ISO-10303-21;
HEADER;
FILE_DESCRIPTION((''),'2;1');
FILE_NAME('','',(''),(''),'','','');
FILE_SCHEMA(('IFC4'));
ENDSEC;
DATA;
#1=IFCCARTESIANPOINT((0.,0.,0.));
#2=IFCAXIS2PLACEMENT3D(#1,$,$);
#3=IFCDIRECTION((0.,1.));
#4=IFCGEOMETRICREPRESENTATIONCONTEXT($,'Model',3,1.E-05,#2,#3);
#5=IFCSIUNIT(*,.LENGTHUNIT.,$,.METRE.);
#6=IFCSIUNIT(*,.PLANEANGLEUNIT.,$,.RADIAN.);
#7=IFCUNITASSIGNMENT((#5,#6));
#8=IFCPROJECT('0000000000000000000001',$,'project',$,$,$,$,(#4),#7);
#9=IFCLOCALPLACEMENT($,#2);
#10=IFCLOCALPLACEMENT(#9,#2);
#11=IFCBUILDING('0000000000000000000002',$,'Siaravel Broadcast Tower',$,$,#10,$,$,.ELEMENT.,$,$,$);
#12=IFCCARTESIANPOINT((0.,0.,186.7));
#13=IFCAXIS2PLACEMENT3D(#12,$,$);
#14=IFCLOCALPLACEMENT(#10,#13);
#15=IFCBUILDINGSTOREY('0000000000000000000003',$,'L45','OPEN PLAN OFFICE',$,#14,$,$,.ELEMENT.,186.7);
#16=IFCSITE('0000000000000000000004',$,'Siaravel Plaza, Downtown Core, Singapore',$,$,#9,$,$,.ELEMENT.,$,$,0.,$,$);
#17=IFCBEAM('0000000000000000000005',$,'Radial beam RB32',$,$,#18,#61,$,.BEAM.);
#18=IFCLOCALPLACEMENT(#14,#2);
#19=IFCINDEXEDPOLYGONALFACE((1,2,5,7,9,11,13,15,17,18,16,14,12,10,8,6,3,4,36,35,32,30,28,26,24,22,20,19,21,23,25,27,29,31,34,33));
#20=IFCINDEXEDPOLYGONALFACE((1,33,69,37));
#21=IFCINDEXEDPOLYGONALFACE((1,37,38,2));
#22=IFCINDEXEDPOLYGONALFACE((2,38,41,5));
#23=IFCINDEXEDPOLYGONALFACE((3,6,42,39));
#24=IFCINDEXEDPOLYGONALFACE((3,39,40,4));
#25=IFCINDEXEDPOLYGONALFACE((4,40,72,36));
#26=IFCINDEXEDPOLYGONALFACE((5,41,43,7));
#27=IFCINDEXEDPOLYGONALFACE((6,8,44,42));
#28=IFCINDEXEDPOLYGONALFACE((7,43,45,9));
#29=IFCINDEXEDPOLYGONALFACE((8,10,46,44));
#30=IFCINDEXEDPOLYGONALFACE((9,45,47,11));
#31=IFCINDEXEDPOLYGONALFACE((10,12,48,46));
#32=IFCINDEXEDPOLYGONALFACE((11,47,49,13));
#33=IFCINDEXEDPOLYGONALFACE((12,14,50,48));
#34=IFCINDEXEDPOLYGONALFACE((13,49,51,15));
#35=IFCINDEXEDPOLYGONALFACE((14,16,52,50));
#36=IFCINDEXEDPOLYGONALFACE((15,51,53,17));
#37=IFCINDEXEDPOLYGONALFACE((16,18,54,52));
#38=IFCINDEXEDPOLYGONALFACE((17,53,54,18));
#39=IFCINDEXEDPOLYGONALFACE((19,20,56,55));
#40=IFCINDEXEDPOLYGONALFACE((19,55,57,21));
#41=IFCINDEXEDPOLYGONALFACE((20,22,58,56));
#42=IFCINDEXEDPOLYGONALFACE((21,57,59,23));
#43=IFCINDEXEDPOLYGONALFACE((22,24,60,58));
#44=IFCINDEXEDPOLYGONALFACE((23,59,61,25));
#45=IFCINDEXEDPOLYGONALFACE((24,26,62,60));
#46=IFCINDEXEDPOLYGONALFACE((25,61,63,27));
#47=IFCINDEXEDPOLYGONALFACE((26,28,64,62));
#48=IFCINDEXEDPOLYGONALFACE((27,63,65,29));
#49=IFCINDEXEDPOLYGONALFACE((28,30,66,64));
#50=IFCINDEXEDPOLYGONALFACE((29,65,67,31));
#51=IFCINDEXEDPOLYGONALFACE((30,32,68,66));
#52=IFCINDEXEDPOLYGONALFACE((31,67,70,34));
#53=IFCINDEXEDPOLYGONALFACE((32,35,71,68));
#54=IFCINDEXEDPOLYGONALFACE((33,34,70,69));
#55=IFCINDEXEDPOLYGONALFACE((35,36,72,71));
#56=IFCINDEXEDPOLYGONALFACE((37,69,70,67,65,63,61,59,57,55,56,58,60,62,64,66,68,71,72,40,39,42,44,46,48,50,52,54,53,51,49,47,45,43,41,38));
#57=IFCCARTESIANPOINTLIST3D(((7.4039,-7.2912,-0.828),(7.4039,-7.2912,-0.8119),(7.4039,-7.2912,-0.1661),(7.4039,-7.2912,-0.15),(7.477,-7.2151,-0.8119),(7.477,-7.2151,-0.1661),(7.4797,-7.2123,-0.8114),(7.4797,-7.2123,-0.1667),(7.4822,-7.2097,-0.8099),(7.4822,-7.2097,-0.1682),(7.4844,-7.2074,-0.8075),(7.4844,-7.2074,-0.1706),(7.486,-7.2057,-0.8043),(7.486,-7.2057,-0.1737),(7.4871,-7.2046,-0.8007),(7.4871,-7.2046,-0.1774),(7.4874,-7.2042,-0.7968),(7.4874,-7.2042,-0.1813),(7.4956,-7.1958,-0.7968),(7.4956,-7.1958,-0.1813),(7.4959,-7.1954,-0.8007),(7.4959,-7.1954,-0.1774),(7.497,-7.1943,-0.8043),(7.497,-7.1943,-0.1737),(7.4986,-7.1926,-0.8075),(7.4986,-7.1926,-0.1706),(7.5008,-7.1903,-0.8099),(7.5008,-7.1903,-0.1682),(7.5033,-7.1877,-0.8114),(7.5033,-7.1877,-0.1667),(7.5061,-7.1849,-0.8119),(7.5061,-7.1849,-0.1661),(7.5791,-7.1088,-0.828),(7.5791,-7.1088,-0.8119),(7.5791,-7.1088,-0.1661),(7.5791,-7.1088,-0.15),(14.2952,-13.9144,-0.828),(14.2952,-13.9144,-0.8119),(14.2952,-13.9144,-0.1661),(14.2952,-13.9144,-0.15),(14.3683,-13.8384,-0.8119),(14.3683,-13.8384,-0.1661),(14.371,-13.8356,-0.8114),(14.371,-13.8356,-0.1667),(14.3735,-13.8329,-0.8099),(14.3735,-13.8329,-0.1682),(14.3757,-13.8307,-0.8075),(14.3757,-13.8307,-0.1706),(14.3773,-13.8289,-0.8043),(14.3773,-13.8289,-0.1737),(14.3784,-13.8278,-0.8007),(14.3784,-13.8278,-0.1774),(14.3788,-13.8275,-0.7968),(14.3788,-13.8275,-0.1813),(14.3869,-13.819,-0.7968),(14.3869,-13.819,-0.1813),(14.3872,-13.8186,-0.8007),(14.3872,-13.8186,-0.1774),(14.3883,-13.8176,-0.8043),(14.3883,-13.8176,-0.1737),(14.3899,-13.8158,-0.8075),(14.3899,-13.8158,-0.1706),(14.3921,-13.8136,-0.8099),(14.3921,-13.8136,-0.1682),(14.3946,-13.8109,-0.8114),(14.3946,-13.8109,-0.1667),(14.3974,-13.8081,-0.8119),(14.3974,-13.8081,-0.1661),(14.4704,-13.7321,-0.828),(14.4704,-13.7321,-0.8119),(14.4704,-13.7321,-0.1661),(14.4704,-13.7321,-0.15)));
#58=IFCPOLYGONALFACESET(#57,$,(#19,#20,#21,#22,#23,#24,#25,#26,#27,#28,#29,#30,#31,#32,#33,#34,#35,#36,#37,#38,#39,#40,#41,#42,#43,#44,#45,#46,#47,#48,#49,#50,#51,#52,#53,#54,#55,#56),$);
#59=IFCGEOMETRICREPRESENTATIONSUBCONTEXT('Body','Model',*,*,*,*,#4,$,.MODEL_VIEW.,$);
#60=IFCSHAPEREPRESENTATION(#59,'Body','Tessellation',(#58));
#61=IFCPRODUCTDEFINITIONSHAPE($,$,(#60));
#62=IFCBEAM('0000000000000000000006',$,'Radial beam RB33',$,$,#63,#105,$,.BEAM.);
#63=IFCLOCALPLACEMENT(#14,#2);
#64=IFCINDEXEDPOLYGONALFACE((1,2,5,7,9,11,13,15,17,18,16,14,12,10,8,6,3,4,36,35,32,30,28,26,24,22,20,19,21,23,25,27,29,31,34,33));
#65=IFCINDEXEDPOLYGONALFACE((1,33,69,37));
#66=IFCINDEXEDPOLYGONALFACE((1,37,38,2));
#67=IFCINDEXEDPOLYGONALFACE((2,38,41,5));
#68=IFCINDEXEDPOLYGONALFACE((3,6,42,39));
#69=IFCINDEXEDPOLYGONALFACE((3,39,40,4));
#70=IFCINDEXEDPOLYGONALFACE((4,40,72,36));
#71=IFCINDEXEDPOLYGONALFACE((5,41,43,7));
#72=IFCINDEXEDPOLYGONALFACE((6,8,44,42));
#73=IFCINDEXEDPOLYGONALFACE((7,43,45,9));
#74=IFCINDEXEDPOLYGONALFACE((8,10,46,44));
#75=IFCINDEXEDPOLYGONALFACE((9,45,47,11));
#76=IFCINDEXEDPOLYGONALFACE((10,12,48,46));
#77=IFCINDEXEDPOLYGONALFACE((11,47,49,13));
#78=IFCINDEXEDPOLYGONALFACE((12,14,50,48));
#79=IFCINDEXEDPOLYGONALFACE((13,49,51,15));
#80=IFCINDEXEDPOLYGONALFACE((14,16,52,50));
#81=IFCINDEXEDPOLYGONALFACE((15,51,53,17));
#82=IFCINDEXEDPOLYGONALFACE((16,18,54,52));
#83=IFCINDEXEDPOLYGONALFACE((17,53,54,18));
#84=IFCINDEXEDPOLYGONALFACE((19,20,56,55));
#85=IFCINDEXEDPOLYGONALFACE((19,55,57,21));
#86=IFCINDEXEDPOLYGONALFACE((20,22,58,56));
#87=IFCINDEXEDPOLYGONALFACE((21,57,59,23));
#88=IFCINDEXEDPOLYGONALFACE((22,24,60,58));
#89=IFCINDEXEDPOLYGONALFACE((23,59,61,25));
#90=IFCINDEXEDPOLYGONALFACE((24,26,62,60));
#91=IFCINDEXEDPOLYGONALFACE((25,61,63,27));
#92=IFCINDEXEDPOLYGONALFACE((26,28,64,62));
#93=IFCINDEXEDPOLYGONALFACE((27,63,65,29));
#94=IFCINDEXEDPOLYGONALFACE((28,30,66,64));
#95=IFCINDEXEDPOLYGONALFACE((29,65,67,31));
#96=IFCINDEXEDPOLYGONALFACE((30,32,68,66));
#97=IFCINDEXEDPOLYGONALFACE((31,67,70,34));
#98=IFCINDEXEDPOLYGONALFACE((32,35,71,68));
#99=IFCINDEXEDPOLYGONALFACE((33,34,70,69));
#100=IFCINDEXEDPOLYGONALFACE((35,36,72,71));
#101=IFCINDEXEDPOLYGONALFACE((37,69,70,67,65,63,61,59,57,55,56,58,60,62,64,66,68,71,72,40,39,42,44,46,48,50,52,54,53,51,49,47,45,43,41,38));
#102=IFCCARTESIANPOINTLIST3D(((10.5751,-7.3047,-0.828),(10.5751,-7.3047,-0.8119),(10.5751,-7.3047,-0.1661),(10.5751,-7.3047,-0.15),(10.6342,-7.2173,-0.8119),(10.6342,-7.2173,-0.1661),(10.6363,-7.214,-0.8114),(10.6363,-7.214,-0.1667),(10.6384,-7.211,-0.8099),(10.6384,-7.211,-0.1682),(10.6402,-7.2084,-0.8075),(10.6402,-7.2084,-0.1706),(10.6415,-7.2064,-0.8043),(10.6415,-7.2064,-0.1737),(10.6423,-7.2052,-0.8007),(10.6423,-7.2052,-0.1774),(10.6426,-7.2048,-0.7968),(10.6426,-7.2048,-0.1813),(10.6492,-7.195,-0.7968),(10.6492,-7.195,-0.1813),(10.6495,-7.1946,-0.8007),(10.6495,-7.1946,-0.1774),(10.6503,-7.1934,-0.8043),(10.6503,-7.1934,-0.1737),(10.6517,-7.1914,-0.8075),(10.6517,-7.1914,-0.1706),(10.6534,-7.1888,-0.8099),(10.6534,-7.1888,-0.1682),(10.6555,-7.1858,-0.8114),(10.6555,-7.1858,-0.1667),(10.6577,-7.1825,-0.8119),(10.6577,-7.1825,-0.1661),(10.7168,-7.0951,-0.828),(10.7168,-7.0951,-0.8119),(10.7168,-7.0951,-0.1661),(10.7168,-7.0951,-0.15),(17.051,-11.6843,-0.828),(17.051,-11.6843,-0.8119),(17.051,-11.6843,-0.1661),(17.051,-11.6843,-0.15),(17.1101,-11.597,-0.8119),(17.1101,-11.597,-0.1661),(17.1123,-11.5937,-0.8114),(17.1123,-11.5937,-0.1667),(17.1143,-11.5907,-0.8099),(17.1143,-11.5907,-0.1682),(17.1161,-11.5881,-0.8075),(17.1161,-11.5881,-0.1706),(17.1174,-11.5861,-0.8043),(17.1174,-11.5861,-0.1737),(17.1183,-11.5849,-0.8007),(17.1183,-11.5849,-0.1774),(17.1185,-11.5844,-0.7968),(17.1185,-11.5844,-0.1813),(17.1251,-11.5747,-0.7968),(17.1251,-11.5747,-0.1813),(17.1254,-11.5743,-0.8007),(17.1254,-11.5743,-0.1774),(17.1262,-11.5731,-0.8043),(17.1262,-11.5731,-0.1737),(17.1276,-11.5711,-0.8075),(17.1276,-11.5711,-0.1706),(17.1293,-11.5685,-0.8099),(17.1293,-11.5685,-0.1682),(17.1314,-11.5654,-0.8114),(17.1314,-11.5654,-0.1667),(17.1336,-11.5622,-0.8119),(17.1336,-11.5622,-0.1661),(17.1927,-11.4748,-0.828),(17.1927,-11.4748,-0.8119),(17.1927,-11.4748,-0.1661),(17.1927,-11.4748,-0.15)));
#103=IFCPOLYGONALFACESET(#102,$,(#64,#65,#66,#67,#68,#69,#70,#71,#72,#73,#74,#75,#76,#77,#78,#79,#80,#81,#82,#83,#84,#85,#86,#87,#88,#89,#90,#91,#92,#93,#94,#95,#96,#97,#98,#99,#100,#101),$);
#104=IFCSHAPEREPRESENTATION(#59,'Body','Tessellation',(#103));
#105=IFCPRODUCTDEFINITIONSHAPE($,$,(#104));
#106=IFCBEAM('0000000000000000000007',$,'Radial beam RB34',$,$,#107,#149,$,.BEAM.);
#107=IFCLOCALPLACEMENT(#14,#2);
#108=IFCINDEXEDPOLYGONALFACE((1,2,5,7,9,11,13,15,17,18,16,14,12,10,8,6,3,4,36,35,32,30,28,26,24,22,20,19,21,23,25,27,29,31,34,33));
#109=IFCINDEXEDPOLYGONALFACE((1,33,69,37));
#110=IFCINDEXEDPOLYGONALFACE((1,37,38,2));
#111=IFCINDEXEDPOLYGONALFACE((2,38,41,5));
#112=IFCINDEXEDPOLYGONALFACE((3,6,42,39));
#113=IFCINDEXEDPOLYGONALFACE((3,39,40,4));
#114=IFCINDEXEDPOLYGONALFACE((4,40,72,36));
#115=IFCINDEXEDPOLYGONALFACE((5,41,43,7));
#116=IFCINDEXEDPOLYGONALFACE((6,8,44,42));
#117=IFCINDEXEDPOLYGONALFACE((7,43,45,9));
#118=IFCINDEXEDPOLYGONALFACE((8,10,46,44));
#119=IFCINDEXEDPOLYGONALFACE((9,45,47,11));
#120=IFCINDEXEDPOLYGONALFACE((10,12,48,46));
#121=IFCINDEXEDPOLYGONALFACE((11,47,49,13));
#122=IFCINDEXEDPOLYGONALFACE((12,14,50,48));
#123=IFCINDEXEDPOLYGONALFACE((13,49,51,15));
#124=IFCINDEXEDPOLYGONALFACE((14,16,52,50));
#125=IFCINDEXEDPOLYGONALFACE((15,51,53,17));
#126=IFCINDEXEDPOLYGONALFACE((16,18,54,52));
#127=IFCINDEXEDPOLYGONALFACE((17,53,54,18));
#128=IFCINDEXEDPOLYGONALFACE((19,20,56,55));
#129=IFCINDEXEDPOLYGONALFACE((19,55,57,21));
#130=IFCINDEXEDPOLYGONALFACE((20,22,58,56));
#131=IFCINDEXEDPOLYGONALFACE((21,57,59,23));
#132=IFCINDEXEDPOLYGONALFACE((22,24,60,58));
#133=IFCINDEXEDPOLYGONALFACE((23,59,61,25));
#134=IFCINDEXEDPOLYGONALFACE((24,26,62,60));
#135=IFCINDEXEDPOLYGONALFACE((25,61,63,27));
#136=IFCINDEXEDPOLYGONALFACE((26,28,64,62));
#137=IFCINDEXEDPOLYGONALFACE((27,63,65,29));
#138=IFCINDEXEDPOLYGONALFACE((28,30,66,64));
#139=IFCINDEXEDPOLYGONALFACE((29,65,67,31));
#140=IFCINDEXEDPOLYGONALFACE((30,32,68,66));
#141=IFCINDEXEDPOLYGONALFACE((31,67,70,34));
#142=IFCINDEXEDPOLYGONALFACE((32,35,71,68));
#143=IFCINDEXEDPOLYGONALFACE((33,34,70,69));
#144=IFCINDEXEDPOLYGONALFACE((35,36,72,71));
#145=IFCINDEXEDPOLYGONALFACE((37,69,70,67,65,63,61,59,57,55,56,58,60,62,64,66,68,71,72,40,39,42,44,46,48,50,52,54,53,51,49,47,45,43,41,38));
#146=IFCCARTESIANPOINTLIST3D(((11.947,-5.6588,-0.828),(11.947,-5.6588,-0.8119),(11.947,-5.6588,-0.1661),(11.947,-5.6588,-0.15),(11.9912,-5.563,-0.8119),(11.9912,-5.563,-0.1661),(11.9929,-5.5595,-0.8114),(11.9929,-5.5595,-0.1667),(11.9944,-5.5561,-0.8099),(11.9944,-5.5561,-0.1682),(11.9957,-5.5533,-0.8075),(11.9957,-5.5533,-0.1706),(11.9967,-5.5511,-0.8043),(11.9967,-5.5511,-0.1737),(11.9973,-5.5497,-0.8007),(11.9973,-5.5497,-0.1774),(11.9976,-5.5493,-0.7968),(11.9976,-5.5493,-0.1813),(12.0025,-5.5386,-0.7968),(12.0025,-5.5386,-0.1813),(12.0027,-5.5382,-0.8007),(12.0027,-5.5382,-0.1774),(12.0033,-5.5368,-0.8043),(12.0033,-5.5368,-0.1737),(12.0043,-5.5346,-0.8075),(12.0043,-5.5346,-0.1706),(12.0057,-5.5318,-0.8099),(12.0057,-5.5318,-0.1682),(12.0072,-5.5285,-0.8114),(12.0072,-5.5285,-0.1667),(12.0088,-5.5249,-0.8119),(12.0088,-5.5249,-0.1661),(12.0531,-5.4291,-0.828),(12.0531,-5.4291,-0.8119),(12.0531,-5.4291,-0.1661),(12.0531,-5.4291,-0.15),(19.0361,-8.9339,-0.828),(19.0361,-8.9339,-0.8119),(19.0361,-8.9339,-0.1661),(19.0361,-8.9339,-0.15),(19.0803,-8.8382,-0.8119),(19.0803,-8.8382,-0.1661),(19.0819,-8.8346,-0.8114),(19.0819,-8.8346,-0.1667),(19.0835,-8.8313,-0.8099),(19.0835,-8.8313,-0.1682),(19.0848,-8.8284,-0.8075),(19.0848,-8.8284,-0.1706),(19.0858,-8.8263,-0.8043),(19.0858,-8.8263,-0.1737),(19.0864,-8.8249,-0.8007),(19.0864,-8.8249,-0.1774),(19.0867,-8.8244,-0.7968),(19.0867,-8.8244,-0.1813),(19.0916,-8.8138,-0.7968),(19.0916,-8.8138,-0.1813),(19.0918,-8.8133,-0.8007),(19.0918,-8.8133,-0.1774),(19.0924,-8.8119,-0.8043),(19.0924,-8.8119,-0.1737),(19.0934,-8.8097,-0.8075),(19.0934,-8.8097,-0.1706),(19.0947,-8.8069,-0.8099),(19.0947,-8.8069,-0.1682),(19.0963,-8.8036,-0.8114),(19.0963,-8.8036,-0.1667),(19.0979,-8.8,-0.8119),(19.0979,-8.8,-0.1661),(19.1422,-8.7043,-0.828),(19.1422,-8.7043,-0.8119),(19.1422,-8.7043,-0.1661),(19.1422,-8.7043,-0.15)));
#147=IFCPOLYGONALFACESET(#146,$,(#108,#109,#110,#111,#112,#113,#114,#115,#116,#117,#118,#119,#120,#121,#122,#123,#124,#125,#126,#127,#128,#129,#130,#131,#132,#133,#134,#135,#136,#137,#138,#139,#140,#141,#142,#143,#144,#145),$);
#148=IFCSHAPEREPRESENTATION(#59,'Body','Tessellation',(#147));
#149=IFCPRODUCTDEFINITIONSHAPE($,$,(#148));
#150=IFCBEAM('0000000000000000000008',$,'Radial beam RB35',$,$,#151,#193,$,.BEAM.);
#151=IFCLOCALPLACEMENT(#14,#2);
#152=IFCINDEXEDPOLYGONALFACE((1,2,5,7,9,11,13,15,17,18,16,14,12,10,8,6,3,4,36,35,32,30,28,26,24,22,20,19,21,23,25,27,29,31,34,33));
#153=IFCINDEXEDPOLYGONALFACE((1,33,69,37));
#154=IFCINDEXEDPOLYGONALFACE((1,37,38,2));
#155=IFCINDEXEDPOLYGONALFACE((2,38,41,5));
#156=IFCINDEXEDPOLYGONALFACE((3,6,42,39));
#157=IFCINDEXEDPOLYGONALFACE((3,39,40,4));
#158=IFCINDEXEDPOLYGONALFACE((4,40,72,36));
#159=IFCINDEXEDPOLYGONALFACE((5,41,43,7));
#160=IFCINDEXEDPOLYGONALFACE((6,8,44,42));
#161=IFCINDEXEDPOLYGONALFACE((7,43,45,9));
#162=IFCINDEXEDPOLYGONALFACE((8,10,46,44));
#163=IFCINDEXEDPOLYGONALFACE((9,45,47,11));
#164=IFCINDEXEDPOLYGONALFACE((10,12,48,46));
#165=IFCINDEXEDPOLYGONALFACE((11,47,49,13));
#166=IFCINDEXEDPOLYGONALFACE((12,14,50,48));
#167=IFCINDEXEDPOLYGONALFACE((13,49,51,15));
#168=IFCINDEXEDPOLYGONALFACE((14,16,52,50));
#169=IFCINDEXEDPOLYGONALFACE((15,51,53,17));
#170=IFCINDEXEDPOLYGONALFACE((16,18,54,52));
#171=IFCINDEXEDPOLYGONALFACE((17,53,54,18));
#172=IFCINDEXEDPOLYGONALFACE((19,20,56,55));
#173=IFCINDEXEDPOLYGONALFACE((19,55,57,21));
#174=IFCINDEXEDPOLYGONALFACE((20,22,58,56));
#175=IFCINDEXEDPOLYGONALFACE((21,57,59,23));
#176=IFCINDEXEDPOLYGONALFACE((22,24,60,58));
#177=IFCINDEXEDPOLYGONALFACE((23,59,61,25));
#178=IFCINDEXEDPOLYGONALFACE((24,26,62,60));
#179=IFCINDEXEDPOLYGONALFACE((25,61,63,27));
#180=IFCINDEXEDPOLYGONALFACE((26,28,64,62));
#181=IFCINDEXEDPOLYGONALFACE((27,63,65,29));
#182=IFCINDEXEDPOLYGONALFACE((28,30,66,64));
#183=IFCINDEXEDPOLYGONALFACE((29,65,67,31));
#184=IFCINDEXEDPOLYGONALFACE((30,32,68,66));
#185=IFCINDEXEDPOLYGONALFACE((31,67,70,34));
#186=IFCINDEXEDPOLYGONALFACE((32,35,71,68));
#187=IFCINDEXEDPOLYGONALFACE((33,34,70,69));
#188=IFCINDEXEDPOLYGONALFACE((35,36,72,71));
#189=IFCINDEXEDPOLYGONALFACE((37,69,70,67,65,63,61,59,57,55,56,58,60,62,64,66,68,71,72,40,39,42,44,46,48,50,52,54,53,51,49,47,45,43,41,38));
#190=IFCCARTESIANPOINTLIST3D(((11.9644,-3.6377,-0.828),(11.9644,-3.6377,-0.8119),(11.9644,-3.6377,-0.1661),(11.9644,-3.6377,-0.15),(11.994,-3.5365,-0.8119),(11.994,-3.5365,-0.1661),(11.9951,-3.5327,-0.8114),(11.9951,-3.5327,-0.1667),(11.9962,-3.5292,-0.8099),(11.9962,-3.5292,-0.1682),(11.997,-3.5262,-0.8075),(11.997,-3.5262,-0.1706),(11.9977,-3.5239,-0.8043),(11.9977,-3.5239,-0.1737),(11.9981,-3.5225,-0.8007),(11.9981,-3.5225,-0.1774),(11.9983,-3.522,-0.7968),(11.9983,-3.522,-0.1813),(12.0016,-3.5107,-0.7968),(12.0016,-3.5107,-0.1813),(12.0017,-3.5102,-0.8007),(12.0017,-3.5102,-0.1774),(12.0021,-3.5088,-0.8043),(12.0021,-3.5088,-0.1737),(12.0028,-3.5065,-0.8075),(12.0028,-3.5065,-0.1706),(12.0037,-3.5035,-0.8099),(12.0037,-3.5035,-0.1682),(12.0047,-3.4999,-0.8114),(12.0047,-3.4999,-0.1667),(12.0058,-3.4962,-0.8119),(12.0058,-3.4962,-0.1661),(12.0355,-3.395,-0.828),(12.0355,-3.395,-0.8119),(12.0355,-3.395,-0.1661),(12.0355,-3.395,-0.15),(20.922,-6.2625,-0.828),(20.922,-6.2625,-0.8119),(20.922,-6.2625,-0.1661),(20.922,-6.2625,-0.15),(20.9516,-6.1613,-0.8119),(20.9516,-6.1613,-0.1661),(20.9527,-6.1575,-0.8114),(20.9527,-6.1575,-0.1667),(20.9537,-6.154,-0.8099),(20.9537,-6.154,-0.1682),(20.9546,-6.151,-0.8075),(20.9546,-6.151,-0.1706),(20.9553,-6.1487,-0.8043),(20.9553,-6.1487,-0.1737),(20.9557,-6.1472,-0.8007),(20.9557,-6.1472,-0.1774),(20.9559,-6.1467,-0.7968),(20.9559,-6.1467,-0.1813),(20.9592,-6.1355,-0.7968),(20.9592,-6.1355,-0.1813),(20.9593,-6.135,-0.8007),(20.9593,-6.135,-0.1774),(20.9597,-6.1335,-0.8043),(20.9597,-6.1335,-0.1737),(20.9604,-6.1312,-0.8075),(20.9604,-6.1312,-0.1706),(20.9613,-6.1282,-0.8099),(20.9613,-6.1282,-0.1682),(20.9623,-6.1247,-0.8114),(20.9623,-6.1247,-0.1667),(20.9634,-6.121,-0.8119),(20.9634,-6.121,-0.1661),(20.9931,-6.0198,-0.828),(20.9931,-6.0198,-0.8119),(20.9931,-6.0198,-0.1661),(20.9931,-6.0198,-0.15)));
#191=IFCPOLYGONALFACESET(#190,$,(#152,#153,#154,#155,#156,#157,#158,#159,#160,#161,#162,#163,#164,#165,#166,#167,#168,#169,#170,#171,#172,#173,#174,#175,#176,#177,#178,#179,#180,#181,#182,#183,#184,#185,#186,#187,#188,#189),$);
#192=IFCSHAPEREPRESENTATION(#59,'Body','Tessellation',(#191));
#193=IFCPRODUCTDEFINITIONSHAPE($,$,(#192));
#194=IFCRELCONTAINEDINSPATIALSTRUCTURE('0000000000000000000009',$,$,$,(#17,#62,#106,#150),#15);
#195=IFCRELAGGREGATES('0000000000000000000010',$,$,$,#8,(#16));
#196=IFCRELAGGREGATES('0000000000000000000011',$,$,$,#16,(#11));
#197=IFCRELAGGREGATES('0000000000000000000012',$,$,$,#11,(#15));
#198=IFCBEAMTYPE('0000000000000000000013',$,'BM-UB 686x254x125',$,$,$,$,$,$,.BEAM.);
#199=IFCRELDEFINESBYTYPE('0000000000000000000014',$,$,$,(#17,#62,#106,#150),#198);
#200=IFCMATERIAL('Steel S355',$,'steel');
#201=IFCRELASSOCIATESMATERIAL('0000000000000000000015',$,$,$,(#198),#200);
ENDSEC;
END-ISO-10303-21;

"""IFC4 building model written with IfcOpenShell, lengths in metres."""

from ifc_helpers import new_model, si_unit, direction, frame, origin, origin_2d, place, context, subcontext, project, spatial, i_section, extrude, material, material_profile, profile_set, type_object, element, save


model = new_model("IFC4")

# Units and contexts
model_context = context("Model", 3, precision=1e-05, world=origin(), true_north=direction((0.0, 1.0)))
body_context = subcontext(model_context, "Body", "Model", "MODEL_VIEW")
ifc_project = project(units=[si_unit("LENGTHUNIT", "METRE"), si_unit("PLANEANGLEUNIT", "RADIAN")], contexts=[model_context])

# Site, building, storey
site_placement = place(None, origin())
site = spatial("IfcSite", under=ifc_project, at=site_placement, Name="Siaravel Plaza, Downtown Core, Singapore", CompositionType="ELEMENT", RefElevation=0.0)
building_placement = place(site_placement, origin())
building = spatial("IfcBuilding", under=site, at=building_placement, Name="Siaravel Broadcast Tower", CompositionType="ELEMENT")
storey_placement = place(building_placement, frame((0.0, 0.0, 186.7)))
storey = spatial("IfcBuildingStorey", under=building, at=storey_placement, Name="L45", Description="OPEN PLAN OFFICE", CompositionType="ELEMENT", Elevation=186.7)

# Beams
ifc_material_1 = material(Name="Steel S355", Category="steel")
ifc_material_profile_1 = material_profile(ifc_material_1, i_section(OverallWidth=0.2529, OverallDepth=0.678, WebThickness=0.0117, FlangeThickness=0.0161, FilletRadius=0.0151, at=origin_2d()))
ifc_profile_set_1 = profile_set([ifc_material_profile_1], Name="Steel S355")
beam_type = type_object("IfcBeamType", Name="BM-UB 686x254x125", PredefinedType="BEAM", material=ifc_profile_set_1)
beam_1_placement = place(storey_placement, frame((14.3828, -13.8232, -0.489), z_axis=(-0.720991, 0.692945, 0.0), x_axis=(-0.692945, -0.720991, 0.0)))
element("IfcBeam", 1, at=beam_1_placement, inside=storey, type_object=beam_type, Name="Radial beam RB32", PredefinedType="BEAM", context=body_context, shape_type="SweptSolid", body=[
    extrude(i_section(OverallWidth=0.2529, OverallDepth=0.678, WebThickness=0.0117, FlangeThickness=0.0161, FilletRadius=0.0151, at=origin_2d()), origin(), (0.0, 0.0, 1.0), 9.5581),
])
beam_2_placement = place(storey_placement, frame((17.1218, -11.5796, -0.489), z_axis=(-0.828347, 0.560215, 0.0), x_axis=(-0.560215, -0.828347, 0.0)))
element("IfcBeam", 2, at=beam_2_placement, inside=storey, type_object=beam_type, Name="Radial beam RB33", PredefinedType="BEAM", context=body_context, shape_type="SweptSolid", body=[
    extrude(i_section(OverallWidth=0.2529, OverallDepth=0.678, WebThickness=0.0117, FlangeThickness=0.0161, FilletRadius=0.0151, at=origin_2d()), origin(), (0.0, 0.0, 1.0), 7.8179),
])
beam_3_placement = place(storey_placement, frame((19.0891, -8.8191, -0.489), z_axis=(-0.907801, 0.419401, 0.0), x_axis=(-0.419401, -0.907801, 0.0)))
element("IfcBeam", 3, at=beam_3_placement, inside=storey, type_object=beam_type, Name="Radial beam RB34", PredefinedType="BEAM", context=body_context, shape_type="SweptSolid", body=[
    extrude(i_section(OverallWidth=0.2529, OverallDepth=0.678, WebThickness=0.0117, FlangeThickness=0.0161, FilletRadius=0.0151, at=origin_2d()), origin(), (0.0, 0.0, 1.0), 7.8091),
])
beam_4_placement = place(storey_placement, frame((20.9575, -6.1411, -0.489), z_axis=(-0.959649, 0.281199, 0.0), x_axis=(-0.281199, -0.959649, 0.0)))
element("IfcBeam", 4, at=beam_4_placement, inside=storey, type_object=beam_type, Name="Radial beam RB35", PredefinedType="BEAM", context=body_context, shape_type="SweptSolid", body=[
    extrude(i_section(OverallWidth=0.2529, OverallDepth=0.678, WebThickness=0.0117, FlangeThickness=0.0161, FilletRadius=0.0151, at=origin_2d()), origin(), (0.0, 0.0, 1.0), 9.3342),
])

save(model, "model.ifc")
